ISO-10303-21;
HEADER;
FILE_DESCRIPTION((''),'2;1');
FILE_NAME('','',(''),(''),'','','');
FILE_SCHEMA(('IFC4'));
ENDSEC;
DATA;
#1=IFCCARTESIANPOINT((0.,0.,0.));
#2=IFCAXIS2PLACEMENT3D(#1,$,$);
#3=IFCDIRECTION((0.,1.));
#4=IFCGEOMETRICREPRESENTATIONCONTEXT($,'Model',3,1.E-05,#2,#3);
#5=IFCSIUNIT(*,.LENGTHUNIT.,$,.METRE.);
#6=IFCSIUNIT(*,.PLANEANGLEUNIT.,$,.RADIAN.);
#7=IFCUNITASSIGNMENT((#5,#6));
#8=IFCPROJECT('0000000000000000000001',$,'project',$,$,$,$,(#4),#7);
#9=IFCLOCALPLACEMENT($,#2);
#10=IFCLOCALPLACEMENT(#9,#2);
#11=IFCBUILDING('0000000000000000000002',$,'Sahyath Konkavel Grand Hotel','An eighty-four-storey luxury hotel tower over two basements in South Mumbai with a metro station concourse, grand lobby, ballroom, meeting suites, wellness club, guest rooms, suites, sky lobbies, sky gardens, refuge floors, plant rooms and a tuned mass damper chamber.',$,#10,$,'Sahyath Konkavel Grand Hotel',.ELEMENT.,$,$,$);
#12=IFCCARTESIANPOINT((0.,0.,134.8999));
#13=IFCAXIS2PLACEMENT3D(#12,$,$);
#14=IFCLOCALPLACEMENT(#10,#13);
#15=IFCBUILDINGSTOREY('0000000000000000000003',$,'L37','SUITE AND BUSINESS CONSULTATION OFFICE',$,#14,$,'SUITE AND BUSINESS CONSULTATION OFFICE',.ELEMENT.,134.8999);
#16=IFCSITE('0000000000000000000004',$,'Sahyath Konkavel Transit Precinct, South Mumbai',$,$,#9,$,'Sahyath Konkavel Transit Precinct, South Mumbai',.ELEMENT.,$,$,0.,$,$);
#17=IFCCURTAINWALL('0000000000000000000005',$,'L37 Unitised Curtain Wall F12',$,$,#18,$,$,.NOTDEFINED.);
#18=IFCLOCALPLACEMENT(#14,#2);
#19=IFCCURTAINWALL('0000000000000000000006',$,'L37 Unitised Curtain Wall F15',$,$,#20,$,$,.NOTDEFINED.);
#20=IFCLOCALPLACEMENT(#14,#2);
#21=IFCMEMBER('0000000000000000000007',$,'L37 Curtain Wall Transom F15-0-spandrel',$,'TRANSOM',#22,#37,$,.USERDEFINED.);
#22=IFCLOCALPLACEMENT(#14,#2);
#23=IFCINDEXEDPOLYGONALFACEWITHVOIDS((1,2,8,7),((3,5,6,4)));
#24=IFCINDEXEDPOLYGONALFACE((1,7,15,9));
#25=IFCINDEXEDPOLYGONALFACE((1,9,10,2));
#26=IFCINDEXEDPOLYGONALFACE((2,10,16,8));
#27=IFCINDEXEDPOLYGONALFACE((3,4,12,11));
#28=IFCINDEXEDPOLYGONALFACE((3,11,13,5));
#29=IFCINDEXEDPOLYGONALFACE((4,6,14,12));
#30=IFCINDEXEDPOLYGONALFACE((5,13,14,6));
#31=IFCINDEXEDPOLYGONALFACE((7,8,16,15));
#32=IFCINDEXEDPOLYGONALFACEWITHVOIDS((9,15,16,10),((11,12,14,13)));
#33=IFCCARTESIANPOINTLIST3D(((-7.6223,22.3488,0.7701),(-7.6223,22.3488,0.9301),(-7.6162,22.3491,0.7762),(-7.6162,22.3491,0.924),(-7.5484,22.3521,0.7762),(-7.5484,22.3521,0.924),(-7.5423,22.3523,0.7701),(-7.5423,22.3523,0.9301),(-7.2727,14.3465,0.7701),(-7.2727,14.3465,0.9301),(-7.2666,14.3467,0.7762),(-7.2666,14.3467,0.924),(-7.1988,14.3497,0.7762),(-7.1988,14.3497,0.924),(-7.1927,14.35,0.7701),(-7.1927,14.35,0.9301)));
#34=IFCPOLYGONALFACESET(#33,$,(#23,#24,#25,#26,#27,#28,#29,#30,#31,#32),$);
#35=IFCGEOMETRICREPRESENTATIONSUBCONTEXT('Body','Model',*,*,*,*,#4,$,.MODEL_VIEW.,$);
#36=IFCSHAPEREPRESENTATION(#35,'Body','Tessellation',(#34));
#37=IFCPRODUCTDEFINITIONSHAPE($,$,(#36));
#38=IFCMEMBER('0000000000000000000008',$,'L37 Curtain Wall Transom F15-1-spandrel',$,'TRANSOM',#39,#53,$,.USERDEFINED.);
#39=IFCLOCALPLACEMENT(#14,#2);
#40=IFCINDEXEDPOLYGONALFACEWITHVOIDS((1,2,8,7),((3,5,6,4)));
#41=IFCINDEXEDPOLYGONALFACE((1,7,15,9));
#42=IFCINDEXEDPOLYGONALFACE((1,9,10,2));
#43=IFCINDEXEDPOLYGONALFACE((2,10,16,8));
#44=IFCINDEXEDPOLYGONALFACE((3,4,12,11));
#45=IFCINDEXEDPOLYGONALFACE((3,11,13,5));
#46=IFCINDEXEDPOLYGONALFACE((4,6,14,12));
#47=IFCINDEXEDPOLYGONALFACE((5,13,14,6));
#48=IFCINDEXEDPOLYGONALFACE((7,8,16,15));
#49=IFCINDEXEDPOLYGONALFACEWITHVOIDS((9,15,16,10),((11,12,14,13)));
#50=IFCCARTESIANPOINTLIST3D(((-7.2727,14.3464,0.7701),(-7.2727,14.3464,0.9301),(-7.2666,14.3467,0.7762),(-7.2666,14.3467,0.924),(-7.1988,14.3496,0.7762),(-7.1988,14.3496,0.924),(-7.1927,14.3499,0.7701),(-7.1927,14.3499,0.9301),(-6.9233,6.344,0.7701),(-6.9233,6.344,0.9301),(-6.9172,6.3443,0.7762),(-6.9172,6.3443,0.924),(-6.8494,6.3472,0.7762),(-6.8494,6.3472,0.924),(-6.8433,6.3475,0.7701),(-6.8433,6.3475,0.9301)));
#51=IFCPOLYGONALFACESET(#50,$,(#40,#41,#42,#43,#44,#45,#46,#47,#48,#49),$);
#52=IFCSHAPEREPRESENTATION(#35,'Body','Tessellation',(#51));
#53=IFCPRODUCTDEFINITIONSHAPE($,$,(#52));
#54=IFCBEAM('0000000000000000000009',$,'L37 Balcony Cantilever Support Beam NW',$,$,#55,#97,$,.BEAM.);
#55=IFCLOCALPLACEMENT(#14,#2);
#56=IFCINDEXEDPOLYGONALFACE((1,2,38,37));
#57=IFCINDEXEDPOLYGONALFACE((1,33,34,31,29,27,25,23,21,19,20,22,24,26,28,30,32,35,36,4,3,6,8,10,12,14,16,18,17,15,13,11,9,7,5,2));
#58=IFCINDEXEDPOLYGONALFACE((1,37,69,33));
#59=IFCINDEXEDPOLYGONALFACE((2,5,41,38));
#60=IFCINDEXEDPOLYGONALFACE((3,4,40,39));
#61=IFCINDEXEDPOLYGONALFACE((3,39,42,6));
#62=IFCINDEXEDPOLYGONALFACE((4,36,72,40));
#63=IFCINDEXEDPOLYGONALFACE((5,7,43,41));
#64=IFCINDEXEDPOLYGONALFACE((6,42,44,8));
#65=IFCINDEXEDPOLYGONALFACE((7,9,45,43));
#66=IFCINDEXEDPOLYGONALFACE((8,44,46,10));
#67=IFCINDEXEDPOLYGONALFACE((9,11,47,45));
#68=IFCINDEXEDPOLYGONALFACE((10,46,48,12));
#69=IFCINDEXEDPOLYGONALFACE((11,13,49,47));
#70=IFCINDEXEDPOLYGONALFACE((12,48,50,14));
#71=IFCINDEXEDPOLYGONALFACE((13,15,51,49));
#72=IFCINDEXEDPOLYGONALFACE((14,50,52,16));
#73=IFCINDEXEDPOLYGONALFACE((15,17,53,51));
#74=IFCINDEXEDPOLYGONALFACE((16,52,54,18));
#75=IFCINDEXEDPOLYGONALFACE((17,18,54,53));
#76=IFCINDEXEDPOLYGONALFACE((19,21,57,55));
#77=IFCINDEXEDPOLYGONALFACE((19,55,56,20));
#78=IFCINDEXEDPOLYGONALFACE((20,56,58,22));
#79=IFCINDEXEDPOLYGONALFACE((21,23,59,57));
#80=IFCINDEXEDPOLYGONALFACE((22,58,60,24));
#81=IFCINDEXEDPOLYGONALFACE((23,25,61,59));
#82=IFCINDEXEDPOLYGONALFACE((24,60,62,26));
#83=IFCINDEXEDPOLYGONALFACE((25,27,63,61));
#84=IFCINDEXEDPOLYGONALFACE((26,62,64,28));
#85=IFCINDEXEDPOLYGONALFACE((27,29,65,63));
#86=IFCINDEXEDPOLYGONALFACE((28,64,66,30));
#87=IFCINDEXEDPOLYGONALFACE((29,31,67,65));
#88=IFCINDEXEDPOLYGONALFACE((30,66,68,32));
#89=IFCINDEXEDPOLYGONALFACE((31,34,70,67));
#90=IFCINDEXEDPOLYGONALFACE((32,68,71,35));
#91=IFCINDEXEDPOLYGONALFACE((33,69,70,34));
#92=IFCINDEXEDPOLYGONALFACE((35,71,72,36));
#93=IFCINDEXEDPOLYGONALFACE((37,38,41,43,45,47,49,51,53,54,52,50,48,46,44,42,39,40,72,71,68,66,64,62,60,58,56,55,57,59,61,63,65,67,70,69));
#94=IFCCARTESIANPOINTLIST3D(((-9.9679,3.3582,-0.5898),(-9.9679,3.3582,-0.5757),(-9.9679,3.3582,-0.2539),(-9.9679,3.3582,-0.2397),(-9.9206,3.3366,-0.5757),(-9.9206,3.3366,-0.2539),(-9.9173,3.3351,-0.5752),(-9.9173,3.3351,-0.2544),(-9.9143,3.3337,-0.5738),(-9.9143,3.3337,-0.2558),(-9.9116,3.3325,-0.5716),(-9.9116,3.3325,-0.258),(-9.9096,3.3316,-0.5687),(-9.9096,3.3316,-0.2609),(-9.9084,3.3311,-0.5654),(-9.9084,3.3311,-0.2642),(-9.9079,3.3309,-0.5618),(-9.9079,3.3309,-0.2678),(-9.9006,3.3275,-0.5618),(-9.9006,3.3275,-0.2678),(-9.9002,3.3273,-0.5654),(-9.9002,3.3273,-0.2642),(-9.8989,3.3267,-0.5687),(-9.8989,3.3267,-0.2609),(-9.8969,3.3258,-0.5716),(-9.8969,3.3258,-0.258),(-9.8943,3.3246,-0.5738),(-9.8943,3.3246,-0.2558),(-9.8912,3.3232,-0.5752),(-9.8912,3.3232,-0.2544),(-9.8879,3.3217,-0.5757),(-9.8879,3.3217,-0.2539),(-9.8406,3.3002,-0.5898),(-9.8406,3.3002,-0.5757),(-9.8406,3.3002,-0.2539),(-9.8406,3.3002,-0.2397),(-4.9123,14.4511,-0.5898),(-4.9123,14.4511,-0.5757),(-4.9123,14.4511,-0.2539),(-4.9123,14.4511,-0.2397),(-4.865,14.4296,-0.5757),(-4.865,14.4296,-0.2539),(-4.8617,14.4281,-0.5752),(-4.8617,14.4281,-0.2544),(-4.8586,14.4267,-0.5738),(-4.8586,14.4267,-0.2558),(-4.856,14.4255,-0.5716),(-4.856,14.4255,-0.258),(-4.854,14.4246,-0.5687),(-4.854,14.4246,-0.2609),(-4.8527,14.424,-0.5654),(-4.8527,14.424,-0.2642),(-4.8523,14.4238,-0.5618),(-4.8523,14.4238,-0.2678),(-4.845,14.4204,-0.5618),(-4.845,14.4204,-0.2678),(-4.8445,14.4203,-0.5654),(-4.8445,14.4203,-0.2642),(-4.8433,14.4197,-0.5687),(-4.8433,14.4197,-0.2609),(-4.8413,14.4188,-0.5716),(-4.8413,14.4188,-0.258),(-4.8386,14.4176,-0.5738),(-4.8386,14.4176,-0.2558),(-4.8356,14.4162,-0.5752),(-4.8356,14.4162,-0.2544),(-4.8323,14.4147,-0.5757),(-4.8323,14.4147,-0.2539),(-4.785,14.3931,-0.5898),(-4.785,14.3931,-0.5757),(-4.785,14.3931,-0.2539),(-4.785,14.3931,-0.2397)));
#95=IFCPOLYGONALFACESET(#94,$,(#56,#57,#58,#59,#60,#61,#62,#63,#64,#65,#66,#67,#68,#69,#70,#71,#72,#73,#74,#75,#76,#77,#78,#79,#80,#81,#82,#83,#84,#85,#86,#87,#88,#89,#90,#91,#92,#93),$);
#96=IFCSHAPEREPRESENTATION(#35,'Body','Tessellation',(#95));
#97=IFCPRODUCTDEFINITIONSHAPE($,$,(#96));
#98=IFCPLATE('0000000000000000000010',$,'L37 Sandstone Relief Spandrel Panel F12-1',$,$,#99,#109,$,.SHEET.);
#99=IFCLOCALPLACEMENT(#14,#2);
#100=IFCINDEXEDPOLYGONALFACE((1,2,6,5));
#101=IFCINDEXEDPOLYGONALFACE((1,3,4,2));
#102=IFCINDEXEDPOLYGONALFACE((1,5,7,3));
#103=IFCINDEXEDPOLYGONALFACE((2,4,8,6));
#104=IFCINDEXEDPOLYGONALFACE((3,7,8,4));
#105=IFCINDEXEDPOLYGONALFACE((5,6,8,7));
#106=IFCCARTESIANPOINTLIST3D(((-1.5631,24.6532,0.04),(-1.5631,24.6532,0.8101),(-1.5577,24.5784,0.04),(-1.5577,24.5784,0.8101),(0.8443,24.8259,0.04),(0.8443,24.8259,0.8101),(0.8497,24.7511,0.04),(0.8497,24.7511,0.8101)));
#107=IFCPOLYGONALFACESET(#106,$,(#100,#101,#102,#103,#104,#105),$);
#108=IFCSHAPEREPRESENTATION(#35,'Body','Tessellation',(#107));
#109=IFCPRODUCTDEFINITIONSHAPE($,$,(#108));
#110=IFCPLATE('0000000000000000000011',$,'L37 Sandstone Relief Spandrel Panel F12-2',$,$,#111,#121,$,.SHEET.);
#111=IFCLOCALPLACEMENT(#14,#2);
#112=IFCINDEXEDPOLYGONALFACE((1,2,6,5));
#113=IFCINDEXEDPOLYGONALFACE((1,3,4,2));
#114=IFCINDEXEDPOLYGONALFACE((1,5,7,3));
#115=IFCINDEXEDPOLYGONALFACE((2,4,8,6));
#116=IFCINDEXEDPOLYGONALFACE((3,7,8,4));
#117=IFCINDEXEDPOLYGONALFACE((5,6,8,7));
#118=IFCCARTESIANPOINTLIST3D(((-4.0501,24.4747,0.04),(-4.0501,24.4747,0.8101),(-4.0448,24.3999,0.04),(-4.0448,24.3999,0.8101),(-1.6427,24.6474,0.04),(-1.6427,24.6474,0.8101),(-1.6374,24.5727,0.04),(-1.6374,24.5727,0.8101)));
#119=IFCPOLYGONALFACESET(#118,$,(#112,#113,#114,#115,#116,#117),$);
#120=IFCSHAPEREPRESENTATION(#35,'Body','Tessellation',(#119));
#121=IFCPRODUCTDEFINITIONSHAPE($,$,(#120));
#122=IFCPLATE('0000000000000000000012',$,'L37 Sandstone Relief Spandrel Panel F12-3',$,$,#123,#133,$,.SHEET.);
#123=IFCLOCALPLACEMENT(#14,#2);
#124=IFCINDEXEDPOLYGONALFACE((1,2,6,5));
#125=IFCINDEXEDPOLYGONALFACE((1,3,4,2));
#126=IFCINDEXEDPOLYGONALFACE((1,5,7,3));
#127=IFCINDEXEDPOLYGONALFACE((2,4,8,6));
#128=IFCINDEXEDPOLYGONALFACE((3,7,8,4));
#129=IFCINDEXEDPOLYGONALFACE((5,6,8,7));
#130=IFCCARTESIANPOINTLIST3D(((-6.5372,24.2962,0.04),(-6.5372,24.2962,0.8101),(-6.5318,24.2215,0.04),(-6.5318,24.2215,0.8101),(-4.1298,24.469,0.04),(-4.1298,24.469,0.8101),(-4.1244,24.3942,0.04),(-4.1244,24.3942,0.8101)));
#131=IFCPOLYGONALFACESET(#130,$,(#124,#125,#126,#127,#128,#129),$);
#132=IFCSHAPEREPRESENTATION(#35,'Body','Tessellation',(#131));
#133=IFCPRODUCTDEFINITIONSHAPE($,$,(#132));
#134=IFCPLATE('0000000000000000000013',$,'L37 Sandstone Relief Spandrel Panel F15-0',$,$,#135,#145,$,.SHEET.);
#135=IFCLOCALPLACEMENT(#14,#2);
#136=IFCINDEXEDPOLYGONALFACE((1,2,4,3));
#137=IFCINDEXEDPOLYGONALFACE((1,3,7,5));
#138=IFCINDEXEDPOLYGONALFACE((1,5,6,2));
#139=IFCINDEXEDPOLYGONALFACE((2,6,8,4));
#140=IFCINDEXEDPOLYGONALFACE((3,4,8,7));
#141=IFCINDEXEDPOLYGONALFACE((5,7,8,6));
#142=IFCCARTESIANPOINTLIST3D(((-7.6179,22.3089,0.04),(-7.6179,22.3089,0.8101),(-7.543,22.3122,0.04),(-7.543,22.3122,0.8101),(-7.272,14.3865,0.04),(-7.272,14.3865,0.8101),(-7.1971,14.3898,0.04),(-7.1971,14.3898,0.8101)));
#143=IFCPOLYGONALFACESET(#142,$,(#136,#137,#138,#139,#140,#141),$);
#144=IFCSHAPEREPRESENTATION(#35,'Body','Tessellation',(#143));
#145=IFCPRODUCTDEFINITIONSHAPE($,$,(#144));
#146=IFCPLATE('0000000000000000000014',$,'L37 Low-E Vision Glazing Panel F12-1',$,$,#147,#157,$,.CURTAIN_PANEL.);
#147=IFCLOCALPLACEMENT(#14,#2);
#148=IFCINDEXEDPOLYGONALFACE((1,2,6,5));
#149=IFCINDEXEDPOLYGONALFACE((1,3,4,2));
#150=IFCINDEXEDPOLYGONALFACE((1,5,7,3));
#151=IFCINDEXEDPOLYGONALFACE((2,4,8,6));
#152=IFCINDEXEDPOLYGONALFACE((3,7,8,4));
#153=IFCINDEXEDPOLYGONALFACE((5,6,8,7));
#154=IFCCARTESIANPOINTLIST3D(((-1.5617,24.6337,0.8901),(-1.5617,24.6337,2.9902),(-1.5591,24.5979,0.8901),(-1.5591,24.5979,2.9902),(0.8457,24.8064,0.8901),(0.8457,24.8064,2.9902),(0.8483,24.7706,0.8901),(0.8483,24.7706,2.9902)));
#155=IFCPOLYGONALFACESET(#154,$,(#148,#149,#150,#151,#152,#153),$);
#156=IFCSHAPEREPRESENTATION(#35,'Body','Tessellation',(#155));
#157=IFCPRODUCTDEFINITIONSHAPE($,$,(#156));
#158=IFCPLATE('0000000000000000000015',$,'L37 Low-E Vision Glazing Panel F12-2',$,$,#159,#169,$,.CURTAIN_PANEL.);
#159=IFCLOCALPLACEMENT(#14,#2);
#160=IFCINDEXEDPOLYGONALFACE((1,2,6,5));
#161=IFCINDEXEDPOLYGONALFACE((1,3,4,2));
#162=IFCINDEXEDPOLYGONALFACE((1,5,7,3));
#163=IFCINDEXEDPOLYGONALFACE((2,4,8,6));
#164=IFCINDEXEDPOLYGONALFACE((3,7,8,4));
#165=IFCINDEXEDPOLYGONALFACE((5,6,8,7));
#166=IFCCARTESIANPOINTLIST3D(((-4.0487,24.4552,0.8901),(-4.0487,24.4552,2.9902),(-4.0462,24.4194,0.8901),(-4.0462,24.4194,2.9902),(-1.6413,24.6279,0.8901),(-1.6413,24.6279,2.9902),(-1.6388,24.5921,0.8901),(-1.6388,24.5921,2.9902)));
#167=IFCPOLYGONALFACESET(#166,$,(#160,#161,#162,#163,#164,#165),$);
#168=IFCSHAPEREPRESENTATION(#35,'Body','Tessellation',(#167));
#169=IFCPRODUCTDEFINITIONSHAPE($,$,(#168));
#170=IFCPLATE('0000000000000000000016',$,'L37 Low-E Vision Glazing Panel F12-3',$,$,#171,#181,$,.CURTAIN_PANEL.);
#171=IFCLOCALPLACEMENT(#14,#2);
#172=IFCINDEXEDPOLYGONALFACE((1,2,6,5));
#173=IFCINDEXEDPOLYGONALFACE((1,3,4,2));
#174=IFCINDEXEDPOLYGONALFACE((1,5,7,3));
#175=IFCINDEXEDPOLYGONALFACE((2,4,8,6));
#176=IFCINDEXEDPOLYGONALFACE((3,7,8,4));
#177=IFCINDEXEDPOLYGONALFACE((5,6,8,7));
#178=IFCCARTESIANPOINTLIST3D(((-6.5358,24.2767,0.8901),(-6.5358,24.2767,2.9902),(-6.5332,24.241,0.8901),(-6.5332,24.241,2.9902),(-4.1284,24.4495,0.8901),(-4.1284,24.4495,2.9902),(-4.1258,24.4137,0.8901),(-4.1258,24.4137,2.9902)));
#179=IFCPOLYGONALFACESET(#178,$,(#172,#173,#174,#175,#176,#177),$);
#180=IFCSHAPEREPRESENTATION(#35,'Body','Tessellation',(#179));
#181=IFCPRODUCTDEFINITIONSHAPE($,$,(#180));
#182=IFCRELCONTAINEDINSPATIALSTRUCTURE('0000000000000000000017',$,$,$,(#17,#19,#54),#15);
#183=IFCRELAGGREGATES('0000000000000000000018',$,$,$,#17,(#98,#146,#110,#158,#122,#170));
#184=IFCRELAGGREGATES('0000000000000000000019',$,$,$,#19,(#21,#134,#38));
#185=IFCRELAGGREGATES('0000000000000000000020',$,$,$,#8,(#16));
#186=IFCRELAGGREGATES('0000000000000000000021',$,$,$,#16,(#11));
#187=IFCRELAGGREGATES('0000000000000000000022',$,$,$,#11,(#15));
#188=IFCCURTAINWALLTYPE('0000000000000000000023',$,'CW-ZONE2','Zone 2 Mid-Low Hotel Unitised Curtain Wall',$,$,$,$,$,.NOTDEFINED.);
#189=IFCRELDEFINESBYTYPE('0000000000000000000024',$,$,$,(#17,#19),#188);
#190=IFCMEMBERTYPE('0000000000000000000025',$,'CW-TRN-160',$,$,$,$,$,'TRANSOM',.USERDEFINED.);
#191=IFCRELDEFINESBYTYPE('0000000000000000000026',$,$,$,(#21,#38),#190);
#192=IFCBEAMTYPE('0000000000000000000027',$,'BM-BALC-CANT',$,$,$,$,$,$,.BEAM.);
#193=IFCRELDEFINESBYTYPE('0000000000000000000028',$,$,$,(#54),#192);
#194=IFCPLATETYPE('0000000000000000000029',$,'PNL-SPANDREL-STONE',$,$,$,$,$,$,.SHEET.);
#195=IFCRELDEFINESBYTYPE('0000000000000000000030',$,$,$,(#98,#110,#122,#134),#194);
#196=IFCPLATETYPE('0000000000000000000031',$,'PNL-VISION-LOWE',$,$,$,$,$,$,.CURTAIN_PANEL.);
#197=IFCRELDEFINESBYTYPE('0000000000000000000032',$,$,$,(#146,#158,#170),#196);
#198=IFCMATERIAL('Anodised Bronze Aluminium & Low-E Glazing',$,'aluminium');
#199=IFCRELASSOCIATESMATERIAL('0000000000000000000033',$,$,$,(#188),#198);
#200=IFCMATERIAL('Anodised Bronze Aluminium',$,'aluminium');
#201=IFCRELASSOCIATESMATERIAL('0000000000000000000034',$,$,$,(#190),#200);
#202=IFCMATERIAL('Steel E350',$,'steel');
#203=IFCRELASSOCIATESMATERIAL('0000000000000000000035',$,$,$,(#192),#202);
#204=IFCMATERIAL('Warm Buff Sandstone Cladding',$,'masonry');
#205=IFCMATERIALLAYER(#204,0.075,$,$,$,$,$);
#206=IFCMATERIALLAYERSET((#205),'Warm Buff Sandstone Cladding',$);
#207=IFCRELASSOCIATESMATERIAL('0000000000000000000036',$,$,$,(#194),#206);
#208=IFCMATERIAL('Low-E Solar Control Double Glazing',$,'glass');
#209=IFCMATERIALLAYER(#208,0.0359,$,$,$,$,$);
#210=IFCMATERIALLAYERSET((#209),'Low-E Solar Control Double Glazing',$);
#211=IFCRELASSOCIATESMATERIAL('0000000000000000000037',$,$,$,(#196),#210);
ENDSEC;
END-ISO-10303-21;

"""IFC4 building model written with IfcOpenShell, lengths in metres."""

from ifc_helpers import new_model, si_unit, direction, frame, origin, origin_2d, place, context, subcontext, project, spatial, rectangle, hollow_rectangle, i_section, extrude, source, transform, mapped, material, layer, layer_set, material_profile, profile_set, type_object, element, aggregate, save


model = new_model("IFC4")

# Units and contexts
model_context = context("Model", 3, precision=1e-05, world=origin(), true_north=direction((0.0, 1.0)))
body_context = subcontext(model_context, "Body", "Model", "MODEL_VIEW")
ifc_project = project(units=[si_unit("LENGTHUNIT", "METRE"), si_unit("PLANEANGLEUNIT", "RADIAN")], contexts=[model_context])

# Site, building, storey
site_placement = place(None, origin())
site = spatial("IfcSite", under=ifc_project, at=site_placement, Name="Sahyath Konkavel Transit Precinct, South Mumbai", LongName="Sahyath Konkavel Transit Precinct, South Mumbai", CompositionType="ELEMENT", RefElevation=0.0)
building_placement = place(site_placement, origin())
building = spatial("IfcBuilding", under=site, at=building_placement, Name="Sahyath Konkavel Grand Hotel", Description="An eighty-four-storey luxury hotel tower over two basements in South Mumbai with a metro station concourse, grand lobby, ballroom, meeting suites, wellness club, guest rooms, suites, sky lobbies, sky gardens, refuge floors, plant rooms and a tuned mass damper chamber.", LongName="Sahyath Konkavel Grand Hotel", CompositionType="ELEMENT")
storey_placement = place(building_placement, frame((0.0, 0.0, 134.8999)))
storey = spatial("IfcBuildingStorey", under=building, at=storey_placement, Name="L37", Description="SUITE AND BUSINESS CONSULTATION OFFICE", LongName="SUITE AND BUSINESS CONSULTATION OFFICE", CompositionType="ELEMENT", Elevation=134.8999)

# Shared definitions
ifc_material_1 = material(Name="Steel E350", Category="steel")

# Curtain wall
ifc_material_2 = material(Name="Anodised Bronze Aluminium & Low-E Glazing", Category="aluminium")
curtain_wall_type = type_object("IfcCurtainWallType", Name="CW-ZONE2", Description="Zone 2 Mid-Low Hotel Unitised Curtain Wall", PredefinedType="NOTDEFINED", material=ifc_material_2)
curtain_wall_1_placement = place(storey_placement, origin())
curtain_wall_1 = element("IfcCurtainWall", 1, at=curtain_wall_1_placement, inside=storey, type_object=curtain_wall_type, Name="L37 Unitised Curtain Wall F12", PredefinedType="NOTDEFINED")
ifc_material_3 = material(Name="Anodised Bronze Aluminium", Category="aluminium")

# Curtain wall
curtain_wall_2_placement = place(storey_placement, origin())
curtain_wall_2 = element("IfcCurtainWall", 2, at=curtain_wall_2_placement, inside=storey, type_object=curtain_wall_type, Name="L37 Unitised Curtain Wall F15", PredefinedType="NOTDEFINED")

# Members
ifc_material_profile_1 = material_profile(ifc_material_3, hollow_rectangle(XDim=0.0801, YDim=0.1599, WallThickness=0.0061, at=origin_2d()), Name="RHS 160x80x6")
ifc_profile_set_1 = profile_set([ifc_material_profile_1], Name="Anodised Bronze Aluminium")
member_type_1 = type_object("IfcMemberType", Name="CW-TRN-160", ElementType="TRANSOM", PredefinedType="USERDEFINED", material=ifc_profile_set_1)
shared_shape_1 = source(origin(), body_context, "Body", "SweptSolid", [
    extrude(hollow_rectangle(XDim=0.0801, YDim=0.1599, WallThickness=0.0061, at=origin_2d()), origin(), (0.0, 0.0, 1.0), 8.01),
])
member_1_placement = place(storey_placement, frame((-7.5823, 22.3506, 0.8501), z_axis=(0.043646, -0.999047, 0.0), x_axis=(0.999047, 0.043646, 0.0)))
member_1 = element("IfcMember", 3, at=member_1_placement, type_object=member_type_1, Name="L37 Curtain Wall Transom F15-0-spandrel", ObjectType="TRANSOM", PredefinedType="USERDEFINED", context=body_context, shape_type="MappedRepresentation", body=[
    mapped(shared_shape_1, transform((0.0, 0.0, 0.0), scale=1.0)),
])
member_2_placement = place(storey_placement, frame((-7.2327, 14.3481, 0.8501), z_axis=(0.043616, -0.999048, 0.0), x_axis=(0.999048, 0.043616, 0.0)))
member_2 = element("IfcMember", 4, at=member_2_placement, type_object=member_type_1, Name="L37 Curtain Wall Transom F15-1-spandrel", ObjectType="TRANSOM", PredefinedType="USERDEFINED", context=body_context, shape_type="MappedRepresentation", body=[
    mapped(shared_shape_1, transform((0.0, 0.0, 0.0), scale=1.0)),
])

# Beam
ifc_material_profile_2 = material_profile(ifc_material_1, i_section(OverallWidth=0.1399, OverallDepth=0.3501, WebThickness=0.0081, FlangeThickness=0.0142, FilletRadius=0.0139, at=origin_2d()), Name="ISMB 350")
ifc_profile_set_2 = profile_set([ifc_material_profile_2], Name="Steel E350")
beam_type_1 = type_object("IfcBeamType", Name="BM-BALC-CANT", PredefinedType="BEAM", material=ifc_profile_set_2)
shared_shape_2 = source(origin(), body_context, "Body", "SweptSolid", [
    extrude(i_section(OverallWidth=0.1399, OverallDepth=0.3501, WebThickness=0.0081, FlangeThickness=0.0142, FilletRadius=0.0139, at=origin_2d()), origin(), (0.0, 0.0, 1.0), 12.1907),
])
beam_1_placement = place(storey_placement, frame((-4.8486, 14.4221, -0.4148), z_axis=(-0.414713, -0.909952, 0.0), x_axis=(0.909952, -0.414713, 0.0)))
element("IfcBeam", 5, at=beam_1_placement, inside=storey, type_object=beam_type_1, Name="L37 Balcony Cantilever Support Beam NW", PredefinedType="BEAM", context=body_context, shape_type="MappedRepresentation", body=[
    mapped(shared_shape_2, transform((0.0, 0.0, 0.0), scale=1.0)),
])

# Plates
ifc_material_4 = material(Name="Warm Buff Sandstone Cladding", Category="masonry")
ifc_layer_1 = layer(ifc_material_4, 0.075)
ifc_layer_set_1 = layer_set([ifc_layer_1], Name="Warm Buff Sandstone Cladding")
plate_type_1 = type_object("IfcPlateType", Name="PNL-SPANDREL-STONE", PredefinedType="SHEET", material=ifc_layer_set_1)
shared_shape_3 = source(origin(), body_context, "Body", "SweptSolid", [
    extrude(rectangle(XDim=2.4136, YDim=0.075, at=origin_2d()), origin(), (0.0, 0.0, 1.0), 0.77),
])
plate_1_placement = place(storey_placement, frame((-0.3567, 24.7021, 0.04), z_axis=(0.0, 0.0, 1.0), x_axis=(-0.997436, -0.071567, 0.0)))
plate_1 = element("IfcPlate", 6, at=plate_1_placement, type_object=plate_type_1, Name="L37 Sandstone Relief Spandrel Panel F12-1", PredefinedType="SHEET", context=body_context, shape_type="MappedRepresentation", body=[
    mapped(shared_shape_3, transform((0.0, 0.0, 0.0), scale=1.0)),
])
plate_2_placement = place(storey_placement, frame((-2.8438, 24.5237, 0.04), z_axis=(0.0, 0.0, 1.0), x_axis=(-0.997436, -0.071567, 0.0)))
plate_2 = element("IfcPlate", 7, at=plate_2_placement, type_object=plate_type_1, Name="L37 Sandstone Relief Spandrel Panel F12-2", PredefinedType="SHEET", context=body_context, shape_type="MappedRepresentation", body=[
    mapped(shared_shape_3, transform((0.0, 0.0, 0.0), scale=1.0)),
])
plate_3_placement = place(storey_placement, frame((-5.3308, 24.3452, 0.04), z_axis=(0.0, 0.0, 1.0), x_axis=(-0.997436, -0.071567, 0.0)))
plate_3 = element("IfcPlate", 8, at=plate_3_placement, type_object=plate_type_1, Name="L37 Sandstone Relief Spandrel Panel F12-3", PredefinedType="SHEET", context=body_context, shape_type="MappedRepresentation", body=[
    mapped(shared_shape_3, transform((0.0, 0.0, 0.0), scale=1.0)),
])
shared_shape_4 = source(origin(), body_context, "Body", "SweptSolid", [
    extrude(rectangle(XDim=7.9299, YDim=0.075, at=origin_2d()), origin(), (0.0, 0.0, 1.0), 0.77),
])
plate_4_placement = place(storey_placement, frame((-7.4075, 18.3494, 0.04), z_axis=(0.0, 0.0, 1.0), x_axis=(0.043619, -0.999048, 0.0)))
plate_4 = element("IfcPlate", 9, at=plate_4_placement, type_object=plate_type_1, Name="L37 Sandstone Relief Spandrel Panel F15-0", PredefinedType="SHEET", context=body_context, shape_type="MappedRepresentation", body=[
    mapped(shared_shape_4, transform((0.0, 0.0, 0.0), scale=1.0)),
])
ifc_material_5 = material(Name="Low-E Solar Control Double Glazing", Category="glass")
ifc_layer_2 = layer(ifc_material_5, 0.0359)
ifc_layer_set_2 = layer_set([ifc_layer_2], Name="Low-E Solar Control Double Glazing")
plate_type_2 = type_object("IfcPlateType", Name="PNL-VISION-LOWE", PredefinedType="CURTAIN_PANEL", material=ifc_layer_set_2)
shared_shape_5 = source(origin(), body_context, "Body", "SweptSolid", [
    extrude(rectangle(XDim=2.4136, YDim=0.0359, at=origin_2d()), origin(), (0.0, 0.0, 1.0), 2.1001),
])
plate_5_placement = place(storey_placement, frame((-0.3567, 24.7021, 0.8901), z_axis=(0.0, 0.0, 1.0), x_axis=(-0.997436, -0.071567, 0.0)))
plate_5 = element("IfcPlate", 10, at=plate_5_placement, type_object=plate_type_2, Name="L37 Low-E Vision Glazing Panel F12-1", PredefinedType="CURTAIN_PANEL", context=body_context, shape_type="MappedRepresentation", body=[
    mapped(shared_shape_5, transform((0.0, 0.0, 0.0), scale=1.0)),
])
plate_6_placement = place(storey_placement, frame((-2.8438, 24.5237, 0.8901), z_axis=(0.0, 0.0, 1.0), x_axis=(-0.997436, -0.071567, 0.0)))
plate_6 = element("IfcPlate", 11, at=plate_6_placement, type_object=plate_type_2, Name="L37 Low-E Vision Glazing Panel F12-2", PredefinedType="CURTAIN_PANEL", context=body_context, shape_type="MappedRepresentation", body=[
    mapped(shared_shape_5, transform((0.0, 0.0, 0.0), scale=1.0)),
])
plate_7_placement = place(storey_placement, frame((-5.3308, 24.3452, 0.8901), z_axis=(0.0, 0.0, 1.0), x_axis=(-0.997436, -0.071567, 0.0)))
plate_7 = element("IfcPlate", 12, at=plate_7_placement, type_object=plate_type_2, Name="L37 Low-E Vision Glazing Panel F12-3", PredefinedType="CURTAIN_PANEL", context=body_context, shape_type="MappedRepresentation", body=[
    mapped(shared_shape_5, transform((0.0, 0.0, 0.0), scale=1.0)),
])
aggregate(curtain_wall_1, [plate_1, plate_5, plate_2, plate_6, plate_3, plate_7])
aggregate(curtain_wall_2, [member_1, plate_4, member_2])

save(model, "model.ifc")
